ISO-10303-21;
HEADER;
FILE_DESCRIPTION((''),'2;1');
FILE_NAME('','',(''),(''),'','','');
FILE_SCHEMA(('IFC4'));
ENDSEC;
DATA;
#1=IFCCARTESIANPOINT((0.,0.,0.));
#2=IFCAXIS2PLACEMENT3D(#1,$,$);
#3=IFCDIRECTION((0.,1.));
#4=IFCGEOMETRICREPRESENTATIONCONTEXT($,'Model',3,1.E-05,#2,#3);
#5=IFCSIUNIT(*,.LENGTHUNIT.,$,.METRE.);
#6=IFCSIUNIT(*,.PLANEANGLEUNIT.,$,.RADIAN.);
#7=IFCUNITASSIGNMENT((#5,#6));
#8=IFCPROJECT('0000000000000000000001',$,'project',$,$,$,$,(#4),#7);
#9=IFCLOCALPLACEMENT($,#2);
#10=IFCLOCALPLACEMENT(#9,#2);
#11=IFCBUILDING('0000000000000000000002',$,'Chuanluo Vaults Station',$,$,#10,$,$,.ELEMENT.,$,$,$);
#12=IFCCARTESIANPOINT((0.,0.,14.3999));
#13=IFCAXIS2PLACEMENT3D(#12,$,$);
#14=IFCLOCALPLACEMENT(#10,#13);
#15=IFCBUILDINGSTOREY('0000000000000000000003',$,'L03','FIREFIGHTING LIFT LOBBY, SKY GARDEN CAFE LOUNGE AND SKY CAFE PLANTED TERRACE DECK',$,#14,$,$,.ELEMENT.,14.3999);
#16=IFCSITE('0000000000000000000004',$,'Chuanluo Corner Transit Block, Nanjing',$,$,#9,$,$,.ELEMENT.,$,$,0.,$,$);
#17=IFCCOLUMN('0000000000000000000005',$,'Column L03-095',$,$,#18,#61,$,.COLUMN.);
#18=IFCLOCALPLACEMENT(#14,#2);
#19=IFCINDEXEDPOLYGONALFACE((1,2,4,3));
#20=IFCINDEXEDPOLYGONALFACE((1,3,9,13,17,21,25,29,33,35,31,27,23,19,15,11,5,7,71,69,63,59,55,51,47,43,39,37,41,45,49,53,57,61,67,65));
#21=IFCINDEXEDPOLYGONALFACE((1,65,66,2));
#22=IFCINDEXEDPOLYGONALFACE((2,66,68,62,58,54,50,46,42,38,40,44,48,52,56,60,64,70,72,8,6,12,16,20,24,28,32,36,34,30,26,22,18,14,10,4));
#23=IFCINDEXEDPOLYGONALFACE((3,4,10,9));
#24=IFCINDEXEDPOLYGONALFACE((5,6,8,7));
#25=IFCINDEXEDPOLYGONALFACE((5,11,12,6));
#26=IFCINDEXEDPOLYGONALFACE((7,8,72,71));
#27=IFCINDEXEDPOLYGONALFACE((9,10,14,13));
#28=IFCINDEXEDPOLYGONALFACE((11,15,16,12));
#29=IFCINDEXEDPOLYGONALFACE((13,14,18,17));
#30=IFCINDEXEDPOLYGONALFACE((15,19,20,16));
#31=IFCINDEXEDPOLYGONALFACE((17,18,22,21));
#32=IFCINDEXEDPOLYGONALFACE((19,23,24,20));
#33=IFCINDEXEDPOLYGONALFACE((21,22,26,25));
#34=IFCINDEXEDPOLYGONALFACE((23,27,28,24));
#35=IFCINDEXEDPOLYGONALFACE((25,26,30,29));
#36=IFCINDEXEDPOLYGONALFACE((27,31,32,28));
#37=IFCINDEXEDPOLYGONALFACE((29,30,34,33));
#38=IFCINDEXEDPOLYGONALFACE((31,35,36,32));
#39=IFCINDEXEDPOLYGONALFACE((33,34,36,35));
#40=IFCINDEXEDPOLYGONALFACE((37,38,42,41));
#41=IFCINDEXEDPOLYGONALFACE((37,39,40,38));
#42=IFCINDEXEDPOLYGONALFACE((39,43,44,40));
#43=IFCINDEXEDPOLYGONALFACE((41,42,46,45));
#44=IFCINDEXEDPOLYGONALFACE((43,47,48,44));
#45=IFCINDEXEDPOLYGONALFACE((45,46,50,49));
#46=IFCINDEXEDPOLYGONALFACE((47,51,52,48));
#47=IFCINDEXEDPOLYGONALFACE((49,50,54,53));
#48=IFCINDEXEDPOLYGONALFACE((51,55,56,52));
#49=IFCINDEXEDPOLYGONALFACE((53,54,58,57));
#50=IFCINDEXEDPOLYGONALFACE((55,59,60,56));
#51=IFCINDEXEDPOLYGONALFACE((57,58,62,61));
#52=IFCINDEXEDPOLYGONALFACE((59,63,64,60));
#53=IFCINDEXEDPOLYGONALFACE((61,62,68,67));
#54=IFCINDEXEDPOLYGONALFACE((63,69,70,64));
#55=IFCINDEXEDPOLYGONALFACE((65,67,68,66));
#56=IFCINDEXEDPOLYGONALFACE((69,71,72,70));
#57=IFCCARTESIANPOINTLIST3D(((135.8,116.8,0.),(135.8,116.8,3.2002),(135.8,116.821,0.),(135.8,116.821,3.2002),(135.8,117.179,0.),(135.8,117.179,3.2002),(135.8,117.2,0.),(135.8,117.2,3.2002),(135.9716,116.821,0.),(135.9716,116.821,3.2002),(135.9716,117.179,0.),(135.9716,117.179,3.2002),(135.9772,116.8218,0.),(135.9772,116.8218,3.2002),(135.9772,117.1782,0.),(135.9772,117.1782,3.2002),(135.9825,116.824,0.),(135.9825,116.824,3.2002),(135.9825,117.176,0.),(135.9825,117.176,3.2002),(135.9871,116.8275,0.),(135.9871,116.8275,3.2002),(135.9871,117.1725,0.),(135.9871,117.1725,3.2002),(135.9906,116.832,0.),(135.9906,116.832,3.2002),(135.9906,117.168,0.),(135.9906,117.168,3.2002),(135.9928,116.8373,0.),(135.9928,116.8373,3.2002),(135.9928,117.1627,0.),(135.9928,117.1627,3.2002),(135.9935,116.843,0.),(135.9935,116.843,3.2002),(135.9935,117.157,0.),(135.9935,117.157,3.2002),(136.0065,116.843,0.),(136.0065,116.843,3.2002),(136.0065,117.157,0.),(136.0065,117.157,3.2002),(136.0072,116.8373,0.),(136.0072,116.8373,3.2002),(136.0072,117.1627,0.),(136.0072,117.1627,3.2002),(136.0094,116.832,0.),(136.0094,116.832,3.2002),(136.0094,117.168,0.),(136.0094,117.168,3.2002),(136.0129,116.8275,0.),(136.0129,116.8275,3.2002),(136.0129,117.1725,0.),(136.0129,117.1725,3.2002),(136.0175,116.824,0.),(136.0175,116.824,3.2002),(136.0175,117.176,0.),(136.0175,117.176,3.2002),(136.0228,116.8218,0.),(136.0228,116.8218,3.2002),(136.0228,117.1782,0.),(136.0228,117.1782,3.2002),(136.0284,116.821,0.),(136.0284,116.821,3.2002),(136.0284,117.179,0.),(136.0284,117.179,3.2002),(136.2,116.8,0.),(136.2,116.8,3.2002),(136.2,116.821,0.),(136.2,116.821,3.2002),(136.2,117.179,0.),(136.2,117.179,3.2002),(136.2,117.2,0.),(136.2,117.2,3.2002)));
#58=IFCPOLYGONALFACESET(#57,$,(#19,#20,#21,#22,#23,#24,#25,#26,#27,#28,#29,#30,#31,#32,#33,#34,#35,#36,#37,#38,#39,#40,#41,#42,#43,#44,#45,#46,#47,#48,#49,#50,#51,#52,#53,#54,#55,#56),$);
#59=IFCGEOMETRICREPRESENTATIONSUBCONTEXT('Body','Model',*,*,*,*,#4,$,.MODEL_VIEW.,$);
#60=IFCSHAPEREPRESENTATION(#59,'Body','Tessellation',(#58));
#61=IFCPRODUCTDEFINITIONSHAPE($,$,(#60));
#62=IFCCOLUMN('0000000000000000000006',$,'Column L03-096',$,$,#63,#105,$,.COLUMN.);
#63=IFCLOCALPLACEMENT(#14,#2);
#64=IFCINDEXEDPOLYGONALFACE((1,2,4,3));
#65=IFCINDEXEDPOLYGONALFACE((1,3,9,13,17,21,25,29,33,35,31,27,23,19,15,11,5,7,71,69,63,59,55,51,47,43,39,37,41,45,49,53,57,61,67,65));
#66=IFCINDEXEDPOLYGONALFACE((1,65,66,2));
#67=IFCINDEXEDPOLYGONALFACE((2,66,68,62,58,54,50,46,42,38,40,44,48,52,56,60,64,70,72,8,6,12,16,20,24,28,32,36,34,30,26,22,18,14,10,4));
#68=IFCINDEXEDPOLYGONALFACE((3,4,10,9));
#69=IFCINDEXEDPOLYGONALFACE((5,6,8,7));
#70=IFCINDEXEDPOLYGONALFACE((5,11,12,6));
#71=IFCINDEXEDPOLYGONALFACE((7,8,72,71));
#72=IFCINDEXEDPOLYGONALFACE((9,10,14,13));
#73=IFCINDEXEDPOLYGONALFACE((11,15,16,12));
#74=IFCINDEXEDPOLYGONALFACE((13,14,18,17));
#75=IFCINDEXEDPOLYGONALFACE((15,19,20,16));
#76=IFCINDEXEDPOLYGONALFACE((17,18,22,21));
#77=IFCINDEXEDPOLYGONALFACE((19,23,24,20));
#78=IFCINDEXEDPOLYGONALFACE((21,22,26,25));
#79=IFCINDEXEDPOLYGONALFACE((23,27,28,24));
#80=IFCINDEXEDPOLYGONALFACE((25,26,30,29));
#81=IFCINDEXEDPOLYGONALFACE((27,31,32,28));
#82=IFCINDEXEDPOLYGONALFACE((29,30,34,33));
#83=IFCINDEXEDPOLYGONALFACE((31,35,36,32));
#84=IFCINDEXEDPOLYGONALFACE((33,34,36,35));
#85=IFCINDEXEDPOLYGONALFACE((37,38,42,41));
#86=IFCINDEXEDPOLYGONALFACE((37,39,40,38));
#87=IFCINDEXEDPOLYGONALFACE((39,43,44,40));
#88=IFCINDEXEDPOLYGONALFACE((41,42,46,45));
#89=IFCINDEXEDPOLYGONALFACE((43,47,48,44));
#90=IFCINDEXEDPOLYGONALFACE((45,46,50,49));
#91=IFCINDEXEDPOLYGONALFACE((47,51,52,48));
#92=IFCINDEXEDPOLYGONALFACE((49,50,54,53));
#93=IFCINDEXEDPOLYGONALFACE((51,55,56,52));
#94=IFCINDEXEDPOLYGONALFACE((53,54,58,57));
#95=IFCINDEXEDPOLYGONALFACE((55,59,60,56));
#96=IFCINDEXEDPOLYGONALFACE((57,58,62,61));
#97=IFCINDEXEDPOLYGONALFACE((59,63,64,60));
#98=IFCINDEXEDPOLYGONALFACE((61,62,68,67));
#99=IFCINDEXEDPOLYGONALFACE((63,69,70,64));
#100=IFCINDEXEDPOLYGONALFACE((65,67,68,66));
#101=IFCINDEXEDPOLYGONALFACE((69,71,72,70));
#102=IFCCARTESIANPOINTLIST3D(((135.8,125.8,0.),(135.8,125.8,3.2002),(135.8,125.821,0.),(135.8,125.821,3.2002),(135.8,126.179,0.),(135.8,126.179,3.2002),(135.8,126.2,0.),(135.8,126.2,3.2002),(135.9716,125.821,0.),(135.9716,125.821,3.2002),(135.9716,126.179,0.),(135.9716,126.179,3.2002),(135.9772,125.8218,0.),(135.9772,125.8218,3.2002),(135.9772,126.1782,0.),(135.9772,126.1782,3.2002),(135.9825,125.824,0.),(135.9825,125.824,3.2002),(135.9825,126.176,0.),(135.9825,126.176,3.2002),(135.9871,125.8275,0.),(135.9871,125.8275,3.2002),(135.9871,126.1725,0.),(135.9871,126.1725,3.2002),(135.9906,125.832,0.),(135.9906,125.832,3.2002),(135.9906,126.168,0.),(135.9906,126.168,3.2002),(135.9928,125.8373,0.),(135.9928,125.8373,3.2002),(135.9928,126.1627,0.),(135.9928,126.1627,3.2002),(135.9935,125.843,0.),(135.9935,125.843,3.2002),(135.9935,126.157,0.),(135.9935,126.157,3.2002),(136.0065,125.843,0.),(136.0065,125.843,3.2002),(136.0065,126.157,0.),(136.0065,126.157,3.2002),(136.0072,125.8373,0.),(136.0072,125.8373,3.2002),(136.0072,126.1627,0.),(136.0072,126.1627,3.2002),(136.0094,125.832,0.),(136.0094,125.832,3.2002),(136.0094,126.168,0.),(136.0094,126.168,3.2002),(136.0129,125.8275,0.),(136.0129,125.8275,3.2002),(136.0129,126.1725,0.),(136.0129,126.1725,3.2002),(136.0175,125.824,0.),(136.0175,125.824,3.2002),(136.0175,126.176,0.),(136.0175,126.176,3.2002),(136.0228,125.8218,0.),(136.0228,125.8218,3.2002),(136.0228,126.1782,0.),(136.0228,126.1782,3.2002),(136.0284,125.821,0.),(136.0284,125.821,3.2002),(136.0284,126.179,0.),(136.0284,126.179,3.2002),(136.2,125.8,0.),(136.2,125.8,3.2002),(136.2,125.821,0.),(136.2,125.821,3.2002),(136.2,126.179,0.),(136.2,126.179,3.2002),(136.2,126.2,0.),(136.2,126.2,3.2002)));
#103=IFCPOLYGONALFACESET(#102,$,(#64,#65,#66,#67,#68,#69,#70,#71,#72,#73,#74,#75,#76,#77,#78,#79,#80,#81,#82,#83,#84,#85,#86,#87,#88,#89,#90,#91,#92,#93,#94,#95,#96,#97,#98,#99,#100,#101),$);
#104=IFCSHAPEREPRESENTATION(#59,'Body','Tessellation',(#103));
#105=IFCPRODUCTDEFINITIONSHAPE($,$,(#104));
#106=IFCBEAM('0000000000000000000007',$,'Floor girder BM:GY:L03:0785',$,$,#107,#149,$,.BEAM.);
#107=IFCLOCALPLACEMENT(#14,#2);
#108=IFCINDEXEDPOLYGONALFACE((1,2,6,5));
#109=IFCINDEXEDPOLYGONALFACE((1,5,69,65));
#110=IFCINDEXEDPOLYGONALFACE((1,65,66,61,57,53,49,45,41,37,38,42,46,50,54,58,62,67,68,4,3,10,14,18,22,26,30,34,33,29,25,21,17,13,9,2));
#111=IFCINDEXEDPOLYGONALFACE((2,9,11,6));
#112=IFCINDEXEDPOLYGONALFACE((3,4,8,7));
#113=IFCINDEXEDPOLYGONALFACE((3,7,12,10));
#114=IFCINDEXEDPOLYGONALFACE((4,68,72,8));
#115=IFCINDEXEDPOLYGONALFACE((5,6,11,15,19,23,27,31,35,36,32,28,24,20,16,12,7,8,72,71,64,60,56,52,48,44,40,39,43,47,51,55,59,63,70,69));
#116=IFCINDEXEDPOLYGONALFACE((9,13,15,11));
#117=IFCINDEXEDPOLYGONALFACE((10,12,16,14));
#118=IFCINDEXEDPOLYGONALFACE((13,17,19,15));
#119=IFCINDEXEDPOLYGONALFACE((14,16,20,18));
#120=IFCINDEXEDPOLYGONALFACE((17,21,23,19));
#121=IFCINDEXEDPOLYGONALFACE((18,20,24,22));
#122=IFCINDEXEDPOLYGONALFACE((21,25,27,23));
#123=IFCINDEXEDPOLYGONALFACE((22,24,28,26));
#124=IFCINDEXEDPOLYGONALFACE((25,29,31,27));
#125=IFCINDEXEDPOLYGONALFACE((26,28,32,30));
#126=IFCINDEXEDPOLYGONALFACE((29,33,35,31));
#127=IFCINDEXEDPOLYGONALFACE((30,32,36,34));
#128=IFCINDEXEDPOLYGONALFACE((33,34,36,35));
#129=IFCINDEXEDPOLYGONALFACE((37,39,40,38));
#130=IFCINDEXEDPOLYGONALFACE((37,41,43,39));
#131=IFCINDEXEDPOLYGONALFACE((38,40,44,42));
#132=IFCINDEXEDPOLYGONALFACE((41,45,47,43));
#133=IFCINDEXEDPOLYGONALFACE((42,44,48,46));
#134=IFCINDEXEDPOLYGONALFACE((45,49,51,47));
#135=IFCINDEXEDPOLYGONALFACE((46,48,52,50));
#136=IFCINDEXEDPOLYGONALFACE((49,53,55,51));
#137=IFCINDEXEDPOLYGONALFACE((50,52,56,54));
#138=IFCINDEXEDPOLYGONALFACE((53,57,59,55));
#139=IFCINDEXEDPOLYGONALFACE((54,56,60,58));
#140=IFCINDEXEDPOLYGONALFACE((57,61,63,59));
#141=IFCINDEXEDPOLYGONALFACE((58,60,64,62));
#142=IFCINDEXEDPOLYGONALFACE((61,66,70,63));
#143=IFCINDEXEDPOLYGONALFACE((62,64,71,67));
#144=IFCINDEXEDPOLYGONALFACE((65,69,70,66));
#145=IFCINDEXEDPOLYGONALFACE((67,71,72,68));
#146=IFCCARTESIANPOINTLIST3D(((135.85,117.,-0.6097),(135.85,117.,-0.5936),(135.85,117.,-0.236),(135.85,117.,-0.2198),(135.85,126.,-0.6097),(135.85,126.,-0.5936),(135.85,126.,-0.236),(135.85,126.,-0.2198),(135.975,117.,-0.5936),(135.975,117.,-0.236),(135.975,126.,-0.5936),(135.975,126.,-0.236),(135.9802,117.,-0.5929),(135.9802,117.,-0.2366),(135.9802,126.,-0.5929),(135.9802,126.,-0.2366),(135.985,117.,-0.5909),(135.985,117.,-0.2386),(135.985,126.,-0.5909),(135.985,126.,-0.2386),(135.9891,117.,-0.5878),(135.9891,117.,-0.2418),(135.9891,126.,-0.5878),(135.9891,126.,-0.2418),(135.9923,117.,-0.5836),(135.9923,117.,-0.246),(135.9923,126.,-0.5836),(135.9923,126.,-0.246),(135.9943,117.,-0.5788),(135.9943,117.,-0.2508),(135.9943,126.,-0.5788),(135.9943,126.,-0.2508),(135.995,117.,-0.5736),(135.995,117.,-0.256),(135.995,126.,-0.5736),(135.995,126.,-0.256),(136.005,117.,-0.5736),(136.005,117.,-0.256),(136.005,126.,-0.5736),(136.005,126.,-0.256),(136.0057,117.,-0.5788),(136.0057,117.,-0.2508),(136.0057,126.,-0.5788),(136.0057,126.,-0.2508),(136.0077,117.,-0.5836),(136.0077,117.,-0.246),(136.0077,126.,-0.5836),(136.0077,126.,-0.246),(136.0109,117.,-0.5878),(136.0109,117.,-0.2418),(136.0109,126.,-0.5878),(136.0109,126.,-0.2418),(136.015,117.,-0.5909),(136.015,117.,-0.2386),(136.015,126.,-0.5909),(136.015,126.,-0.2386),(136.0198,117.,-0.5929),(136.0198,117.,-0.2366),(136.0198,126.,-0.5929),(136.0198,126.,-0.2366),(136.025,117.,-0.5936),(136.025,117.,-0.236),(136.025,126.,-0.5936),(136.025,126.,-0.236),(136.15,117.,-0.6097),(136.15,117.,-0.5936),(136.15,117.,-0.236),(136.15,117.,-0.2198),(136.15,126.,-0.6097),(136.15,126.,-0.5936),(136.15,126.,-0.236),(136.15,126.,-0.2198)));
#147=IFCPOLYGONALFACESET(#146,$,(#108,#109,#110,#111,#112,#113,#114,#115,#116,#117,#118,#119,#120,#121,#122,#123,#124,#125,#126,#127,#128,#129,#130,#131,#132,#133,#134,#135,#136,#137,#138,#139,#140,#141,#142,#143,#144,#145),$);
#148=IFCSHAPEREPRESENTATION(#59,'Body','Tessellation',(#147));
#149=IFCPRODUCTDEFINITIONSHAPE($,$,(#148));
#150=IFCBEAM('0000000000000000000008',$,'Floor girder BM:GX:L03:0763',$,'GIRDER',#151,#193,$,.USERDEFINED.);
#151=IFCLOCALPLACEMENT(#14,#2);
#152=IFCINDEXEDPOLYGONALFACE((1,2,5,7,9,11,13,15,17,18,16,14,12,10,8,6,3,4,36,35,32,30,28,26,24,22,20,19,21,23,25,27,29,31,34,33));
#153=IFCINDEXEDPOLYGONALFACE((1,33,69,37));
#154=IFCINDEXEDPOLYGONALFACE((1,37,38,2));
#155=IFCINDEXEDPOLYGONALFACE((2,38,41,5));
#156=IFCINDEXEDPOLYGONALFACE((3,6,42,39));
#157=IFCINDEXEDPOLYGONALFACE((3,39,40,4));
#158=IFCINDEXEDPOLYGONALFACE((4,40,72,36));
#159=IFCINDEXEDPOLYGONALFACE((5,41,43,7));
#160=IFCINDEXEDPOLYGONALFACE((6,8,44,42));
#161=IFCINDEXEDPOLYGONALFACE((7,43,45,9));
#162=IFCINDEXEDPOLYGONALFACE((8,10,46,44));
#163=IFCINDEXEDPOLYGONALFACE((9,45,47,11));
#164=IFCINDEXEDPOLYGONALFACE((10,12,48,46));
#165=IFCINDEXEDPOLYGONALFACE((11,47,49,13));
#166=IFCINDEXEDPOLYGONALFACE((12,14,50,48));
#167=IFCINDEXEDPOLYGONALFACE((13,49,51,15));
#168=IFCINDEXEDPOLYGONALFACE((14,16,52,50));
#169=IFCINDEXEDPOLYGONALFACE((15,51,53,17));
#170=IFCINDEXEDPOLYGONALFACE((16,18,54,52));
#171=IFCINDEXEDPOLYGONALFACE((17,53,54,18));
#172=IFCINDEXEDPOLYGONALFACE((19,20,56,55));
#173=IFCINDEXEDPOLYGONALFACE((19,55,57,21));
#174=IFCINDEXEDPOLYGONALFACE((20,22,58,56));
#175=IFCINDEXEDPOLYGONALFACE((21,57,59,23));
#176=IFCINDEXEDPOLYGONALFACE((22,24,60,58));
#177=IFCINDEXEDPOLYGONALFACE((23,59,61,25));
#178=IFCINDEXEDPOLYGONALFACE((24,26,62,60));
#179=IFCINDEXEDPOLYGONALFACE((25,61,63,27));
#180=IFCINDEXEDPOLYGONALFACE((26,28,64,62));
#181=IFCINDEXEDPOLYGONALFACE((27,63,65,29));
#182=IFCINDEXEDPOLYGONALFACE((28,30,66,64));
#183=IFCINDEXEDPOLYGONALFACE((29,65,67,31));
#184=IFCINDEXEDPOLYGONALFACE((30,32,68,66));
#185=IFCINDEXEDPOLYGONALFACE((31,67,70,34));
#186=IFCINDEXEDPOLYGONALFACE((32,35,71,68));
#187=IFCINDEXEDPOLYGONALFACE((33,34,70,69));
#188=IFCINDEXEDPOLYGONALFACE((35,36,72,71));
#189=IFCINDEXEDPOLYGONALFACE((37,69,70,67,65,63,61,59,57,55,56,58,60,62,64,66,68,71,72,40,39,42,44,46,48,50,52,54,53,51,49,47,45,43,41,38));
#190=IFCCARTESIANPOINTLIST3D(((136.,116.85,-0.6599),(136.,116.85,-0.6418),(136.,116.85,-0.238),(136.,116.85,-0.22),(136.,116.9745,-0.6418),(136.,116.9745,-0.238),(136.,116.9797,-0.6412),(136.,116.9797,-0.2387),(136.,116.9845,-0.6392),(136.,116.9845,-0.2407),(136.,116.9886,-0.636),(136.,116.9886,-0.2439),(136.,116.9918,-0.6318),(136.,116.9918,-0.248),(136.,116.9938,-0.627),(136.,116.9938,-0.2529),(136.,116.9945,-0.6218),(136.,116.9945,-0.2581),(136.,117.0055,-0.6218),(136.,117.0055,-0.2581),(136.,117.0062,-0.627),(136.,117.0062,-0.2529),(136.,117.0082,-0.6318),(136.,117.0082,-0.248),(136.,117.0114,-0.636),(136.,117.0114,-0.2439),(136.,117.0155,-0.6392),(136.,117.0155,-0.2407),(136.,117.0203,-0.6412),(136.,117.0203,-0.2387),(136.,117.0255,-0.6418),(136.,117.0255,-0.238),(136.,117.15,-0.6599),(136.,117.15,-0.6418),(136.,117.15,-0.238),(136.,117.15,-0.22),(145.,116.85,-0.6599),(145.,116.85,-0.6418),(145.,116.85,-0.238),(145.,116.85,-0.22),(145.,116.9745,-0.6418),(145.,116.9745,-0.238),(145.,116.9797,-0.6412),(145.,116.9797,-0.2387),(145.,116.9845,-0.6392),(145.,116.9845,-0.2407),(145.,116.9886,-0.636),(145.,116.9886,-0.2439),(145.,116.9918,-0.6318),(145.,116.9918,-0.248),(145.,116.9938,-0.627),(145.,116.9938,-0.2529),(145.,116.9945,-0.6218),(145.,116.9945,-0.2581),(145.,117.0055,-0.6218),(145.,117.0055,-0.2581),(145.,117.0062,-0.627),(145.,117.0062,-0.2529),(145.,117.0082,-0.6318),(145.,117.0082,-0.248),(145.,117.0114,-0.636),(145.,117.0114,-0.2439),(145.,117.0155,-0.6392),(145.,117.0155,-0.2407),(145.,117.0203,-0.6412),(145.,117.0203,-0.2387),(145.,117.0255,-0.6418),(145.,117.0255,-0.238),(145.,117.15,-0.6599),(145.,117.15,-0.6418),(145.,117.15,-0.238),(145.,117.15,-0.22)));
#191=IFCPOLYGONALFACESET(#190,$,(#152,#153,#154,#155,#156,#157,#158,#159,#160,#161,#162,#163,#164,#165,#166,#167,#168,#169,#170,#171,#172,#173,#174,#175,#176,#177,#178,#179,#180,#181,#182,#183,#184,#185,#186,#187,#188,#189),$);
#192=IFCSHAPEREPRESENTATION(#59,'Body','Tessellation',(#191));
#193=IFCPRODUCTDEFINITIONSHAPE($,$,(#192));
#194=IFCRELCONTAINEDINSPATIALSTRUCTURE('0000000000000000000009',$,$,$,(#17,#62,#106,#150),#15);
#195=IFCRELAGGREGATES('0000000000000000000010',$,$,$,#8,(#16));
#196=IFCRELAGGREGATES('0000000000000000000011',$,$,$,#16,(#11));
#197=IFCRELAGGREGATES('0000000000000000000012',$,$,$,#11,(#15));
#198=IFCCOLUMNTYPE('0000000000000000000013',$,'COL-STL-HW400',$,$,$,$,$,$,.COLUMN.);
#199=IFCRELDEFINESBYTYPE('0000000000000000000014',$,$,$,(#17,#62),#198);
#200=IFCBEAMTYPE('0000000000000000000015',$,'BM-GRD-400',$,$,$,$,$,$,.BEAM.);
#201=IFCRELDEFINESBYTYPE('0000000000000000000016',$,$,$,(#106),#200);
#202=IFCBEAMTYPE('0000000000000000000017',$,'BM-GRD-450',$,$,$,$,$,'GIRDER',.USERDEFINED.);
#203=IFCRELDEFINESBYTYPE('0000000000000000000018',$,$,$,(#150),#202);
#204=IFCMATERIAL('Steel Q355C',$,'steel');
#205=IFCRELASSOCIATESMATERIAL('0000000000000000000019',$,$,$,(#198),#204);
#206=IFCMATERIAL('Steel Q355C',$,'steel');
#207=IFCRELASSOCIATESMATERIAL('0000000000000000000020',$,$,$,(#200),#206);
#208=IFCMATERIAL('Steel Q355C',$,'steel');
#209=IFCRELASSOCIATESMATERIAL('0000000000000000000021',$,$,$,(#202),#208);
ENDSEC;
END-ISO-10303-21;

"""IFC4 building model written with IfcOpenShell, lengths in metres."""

from ifc_helpers import new_model, si_unit, direction, frame, origin, origin_2d, place, context, subcontext, project, spatial, i_section, extrude, material, material_profile, profile_set, type_object, element, save


model = new_model("IFC4")

# Units and contexts
model_context = context("Model", 3, precision=1e-05, world=origin(), true_north=direction((0.0, 1.0)))
body_context = subcontext(model_context, "Body", "Model", "MODEL_VIEW")
ifc_project = project(units=[si_unit("LENGTHUNIT", "METRE"), si_unit("PLANEANGLEUNIT", "RADIAN")], contexts=[model_context])

# Site, building, storey
site_placement = place(None, origin())
site = spatial("IfcSite", under=ifc_project, at=site_placement, Name="Chuanluo Corner Transit Block, Nanjing", CompositionType="ELEMENT", RefElevation=0.0)
building_placement = place(site_placement, origin())
building = spatial("IfcBuilding", under=site, at=building_placement, Name="Chuanluo Vaults Station", CompositionType="ELEMENT")
storey_placement = place(building_placement, frame((0.0, 0.0, 14.3999)))
storey = spatial("IfcBuildingStorey", under=building, at=storey_placement, Name="L03", Description="FIREFIGHTING LIFT LOBBY, SKY GARDEN CAFE LOUNGE AND SKY CAFE PLANTED TERRACE DECK", CompositionType="ELEMENT", Elevation=14.3999)

# Columns
ifc_material_1 = material(Name="Steel Q355C", Category="steel")
ifc_material_profile_1 = material_profile(ifc_material_1, i_section(OverallWidth=0.3999, OverallDepth=0.3999, WebThickness=0.0129, FlangeThickness=0.021, FilletRadius=0.022, at=origin_2d()))
ifc_profile_set_1 = profile_set([ifc_material_profile_1], Name="Steel Q355C")
column_type = type_object("IfcColumnType", Name="COL-STL-HW400", PredefinedType="COLUMN", material=ifc_profile_set_1)
for number, where, z_axis, x_axis, name in (
    (1, (136.0, 117.0, 0.0), (0.0, 0.0, 1.0), (1.0, 0.0, 0.0), "Column L03-095"),
    (2, (136.0, 126.0, 0.0), (0.0, 0.0, 1.0), (1.0, 0.0, 0.0), "Column L03-096"),
):
    element("IfcColumn", number, at=place(storey_placement, frame(where, z_axis=z_axis, x_axis=x_axis)), inside=storey, type_object=column_type, Name=name, PredefinedType="COLUMN", context=body_context, shape_type="SweptSolid", body=[
        extrude(i_section(OverallWidth=0.3999, OverallDepth=0.3999, WebThickness=0.0129, FlangeThickness=0.021, FilletRadius=0.022, at=origin_2d()), origin(), (0.0, 0.0, 1.0), 3.2002),
    ])

# Beams
ifc_material_2 = material(Name="Steel Q355C", Category="steel")
ifc_material_profile_2 = material_profile(ifc_material_2, i_section(OverallWidth=0.3, OverallDepth=0.3899, WebThickness=0.01, FlangeThickness=0.0161, FilletRadius=0.02, at=origin_2d()))
ifc_profile_set_2 = profile_set([ifc_material_profile_2], Name="Steel Q355C")
beam_type_1 = type_object("IfcBeamType", Name="BM-GRD-400", PredefinedType="BEAM", material=ifc_profile_set_2)
beam_1_placement = place(storey_placement, frame((136.0, 117.0, -0.4148), z_axis=(0.0, 1.0, 0.0), x_axis=(-1.0, 0.0, 0.0)))
element("IfcBeam", 3, at=beam_1_placement, inside=storey, type_object=beam_type_1, Name="Floor girder BM:GY:L03:0785", PredefinedType="BEAM", context=body_context, shape_type="SweptSolid", body=[
    extrude(i_section(OverallWidth=0.3, OverallDepth=0.3899, WebThickness=0.01, FlangeThickness=0.0161, FilletRadius=0.02, at=origin_2d()), origin(), (0.0, 0.0, 1.0), 9.0),
])
ifc_material_3 = material(Name="Steel Q355C", Category="steel")
ifc_material_profile_3 = material_profile(ifc_material_3, i_section(OverallWidth=0.3, OverallDepth=0.4399, WebThickness=0.011, FlangeThickness=0.0181, FilletRadius=0.02, at=origin_2d()))
ifc_profile_set_3 = profile_set([ifc_material_profile_3], Name="Steel Q355C")
beam_type_2 = type_object("IfcBeamType", Name="BM-GRD-450", ElementType="GIRDER", PredefinedType="USERDEFINED", material=ifc_profile_set_3)
beam_2_placement = place(storey_placement, frame((136.0, 117.0, -0.4399), z_axis=(1.0, 0.0, 0.0), x_axis=(0.0, 1.0, 0.0)))
element("IfcBeam", 4, at=beam_2_placement, inside=storey, type_object=beam_type_2, Name="Floor girder BM:GX:L03:0763", ObjectType="GIRDER", PredefinedType="USERDEFINED", context=body_context, shape_type="SweptSolid", body=[
    extrude(i_section(OverallWidth=0.3, OverallDepth=0.4399, WebThickness=0.011, FlangeThickness=0.0181, FilletRadius=0.02, at=origin_2d()), origin(), (0.0, 0.0, 1.0), 9.0),
])

save(model, "model.ifc")
